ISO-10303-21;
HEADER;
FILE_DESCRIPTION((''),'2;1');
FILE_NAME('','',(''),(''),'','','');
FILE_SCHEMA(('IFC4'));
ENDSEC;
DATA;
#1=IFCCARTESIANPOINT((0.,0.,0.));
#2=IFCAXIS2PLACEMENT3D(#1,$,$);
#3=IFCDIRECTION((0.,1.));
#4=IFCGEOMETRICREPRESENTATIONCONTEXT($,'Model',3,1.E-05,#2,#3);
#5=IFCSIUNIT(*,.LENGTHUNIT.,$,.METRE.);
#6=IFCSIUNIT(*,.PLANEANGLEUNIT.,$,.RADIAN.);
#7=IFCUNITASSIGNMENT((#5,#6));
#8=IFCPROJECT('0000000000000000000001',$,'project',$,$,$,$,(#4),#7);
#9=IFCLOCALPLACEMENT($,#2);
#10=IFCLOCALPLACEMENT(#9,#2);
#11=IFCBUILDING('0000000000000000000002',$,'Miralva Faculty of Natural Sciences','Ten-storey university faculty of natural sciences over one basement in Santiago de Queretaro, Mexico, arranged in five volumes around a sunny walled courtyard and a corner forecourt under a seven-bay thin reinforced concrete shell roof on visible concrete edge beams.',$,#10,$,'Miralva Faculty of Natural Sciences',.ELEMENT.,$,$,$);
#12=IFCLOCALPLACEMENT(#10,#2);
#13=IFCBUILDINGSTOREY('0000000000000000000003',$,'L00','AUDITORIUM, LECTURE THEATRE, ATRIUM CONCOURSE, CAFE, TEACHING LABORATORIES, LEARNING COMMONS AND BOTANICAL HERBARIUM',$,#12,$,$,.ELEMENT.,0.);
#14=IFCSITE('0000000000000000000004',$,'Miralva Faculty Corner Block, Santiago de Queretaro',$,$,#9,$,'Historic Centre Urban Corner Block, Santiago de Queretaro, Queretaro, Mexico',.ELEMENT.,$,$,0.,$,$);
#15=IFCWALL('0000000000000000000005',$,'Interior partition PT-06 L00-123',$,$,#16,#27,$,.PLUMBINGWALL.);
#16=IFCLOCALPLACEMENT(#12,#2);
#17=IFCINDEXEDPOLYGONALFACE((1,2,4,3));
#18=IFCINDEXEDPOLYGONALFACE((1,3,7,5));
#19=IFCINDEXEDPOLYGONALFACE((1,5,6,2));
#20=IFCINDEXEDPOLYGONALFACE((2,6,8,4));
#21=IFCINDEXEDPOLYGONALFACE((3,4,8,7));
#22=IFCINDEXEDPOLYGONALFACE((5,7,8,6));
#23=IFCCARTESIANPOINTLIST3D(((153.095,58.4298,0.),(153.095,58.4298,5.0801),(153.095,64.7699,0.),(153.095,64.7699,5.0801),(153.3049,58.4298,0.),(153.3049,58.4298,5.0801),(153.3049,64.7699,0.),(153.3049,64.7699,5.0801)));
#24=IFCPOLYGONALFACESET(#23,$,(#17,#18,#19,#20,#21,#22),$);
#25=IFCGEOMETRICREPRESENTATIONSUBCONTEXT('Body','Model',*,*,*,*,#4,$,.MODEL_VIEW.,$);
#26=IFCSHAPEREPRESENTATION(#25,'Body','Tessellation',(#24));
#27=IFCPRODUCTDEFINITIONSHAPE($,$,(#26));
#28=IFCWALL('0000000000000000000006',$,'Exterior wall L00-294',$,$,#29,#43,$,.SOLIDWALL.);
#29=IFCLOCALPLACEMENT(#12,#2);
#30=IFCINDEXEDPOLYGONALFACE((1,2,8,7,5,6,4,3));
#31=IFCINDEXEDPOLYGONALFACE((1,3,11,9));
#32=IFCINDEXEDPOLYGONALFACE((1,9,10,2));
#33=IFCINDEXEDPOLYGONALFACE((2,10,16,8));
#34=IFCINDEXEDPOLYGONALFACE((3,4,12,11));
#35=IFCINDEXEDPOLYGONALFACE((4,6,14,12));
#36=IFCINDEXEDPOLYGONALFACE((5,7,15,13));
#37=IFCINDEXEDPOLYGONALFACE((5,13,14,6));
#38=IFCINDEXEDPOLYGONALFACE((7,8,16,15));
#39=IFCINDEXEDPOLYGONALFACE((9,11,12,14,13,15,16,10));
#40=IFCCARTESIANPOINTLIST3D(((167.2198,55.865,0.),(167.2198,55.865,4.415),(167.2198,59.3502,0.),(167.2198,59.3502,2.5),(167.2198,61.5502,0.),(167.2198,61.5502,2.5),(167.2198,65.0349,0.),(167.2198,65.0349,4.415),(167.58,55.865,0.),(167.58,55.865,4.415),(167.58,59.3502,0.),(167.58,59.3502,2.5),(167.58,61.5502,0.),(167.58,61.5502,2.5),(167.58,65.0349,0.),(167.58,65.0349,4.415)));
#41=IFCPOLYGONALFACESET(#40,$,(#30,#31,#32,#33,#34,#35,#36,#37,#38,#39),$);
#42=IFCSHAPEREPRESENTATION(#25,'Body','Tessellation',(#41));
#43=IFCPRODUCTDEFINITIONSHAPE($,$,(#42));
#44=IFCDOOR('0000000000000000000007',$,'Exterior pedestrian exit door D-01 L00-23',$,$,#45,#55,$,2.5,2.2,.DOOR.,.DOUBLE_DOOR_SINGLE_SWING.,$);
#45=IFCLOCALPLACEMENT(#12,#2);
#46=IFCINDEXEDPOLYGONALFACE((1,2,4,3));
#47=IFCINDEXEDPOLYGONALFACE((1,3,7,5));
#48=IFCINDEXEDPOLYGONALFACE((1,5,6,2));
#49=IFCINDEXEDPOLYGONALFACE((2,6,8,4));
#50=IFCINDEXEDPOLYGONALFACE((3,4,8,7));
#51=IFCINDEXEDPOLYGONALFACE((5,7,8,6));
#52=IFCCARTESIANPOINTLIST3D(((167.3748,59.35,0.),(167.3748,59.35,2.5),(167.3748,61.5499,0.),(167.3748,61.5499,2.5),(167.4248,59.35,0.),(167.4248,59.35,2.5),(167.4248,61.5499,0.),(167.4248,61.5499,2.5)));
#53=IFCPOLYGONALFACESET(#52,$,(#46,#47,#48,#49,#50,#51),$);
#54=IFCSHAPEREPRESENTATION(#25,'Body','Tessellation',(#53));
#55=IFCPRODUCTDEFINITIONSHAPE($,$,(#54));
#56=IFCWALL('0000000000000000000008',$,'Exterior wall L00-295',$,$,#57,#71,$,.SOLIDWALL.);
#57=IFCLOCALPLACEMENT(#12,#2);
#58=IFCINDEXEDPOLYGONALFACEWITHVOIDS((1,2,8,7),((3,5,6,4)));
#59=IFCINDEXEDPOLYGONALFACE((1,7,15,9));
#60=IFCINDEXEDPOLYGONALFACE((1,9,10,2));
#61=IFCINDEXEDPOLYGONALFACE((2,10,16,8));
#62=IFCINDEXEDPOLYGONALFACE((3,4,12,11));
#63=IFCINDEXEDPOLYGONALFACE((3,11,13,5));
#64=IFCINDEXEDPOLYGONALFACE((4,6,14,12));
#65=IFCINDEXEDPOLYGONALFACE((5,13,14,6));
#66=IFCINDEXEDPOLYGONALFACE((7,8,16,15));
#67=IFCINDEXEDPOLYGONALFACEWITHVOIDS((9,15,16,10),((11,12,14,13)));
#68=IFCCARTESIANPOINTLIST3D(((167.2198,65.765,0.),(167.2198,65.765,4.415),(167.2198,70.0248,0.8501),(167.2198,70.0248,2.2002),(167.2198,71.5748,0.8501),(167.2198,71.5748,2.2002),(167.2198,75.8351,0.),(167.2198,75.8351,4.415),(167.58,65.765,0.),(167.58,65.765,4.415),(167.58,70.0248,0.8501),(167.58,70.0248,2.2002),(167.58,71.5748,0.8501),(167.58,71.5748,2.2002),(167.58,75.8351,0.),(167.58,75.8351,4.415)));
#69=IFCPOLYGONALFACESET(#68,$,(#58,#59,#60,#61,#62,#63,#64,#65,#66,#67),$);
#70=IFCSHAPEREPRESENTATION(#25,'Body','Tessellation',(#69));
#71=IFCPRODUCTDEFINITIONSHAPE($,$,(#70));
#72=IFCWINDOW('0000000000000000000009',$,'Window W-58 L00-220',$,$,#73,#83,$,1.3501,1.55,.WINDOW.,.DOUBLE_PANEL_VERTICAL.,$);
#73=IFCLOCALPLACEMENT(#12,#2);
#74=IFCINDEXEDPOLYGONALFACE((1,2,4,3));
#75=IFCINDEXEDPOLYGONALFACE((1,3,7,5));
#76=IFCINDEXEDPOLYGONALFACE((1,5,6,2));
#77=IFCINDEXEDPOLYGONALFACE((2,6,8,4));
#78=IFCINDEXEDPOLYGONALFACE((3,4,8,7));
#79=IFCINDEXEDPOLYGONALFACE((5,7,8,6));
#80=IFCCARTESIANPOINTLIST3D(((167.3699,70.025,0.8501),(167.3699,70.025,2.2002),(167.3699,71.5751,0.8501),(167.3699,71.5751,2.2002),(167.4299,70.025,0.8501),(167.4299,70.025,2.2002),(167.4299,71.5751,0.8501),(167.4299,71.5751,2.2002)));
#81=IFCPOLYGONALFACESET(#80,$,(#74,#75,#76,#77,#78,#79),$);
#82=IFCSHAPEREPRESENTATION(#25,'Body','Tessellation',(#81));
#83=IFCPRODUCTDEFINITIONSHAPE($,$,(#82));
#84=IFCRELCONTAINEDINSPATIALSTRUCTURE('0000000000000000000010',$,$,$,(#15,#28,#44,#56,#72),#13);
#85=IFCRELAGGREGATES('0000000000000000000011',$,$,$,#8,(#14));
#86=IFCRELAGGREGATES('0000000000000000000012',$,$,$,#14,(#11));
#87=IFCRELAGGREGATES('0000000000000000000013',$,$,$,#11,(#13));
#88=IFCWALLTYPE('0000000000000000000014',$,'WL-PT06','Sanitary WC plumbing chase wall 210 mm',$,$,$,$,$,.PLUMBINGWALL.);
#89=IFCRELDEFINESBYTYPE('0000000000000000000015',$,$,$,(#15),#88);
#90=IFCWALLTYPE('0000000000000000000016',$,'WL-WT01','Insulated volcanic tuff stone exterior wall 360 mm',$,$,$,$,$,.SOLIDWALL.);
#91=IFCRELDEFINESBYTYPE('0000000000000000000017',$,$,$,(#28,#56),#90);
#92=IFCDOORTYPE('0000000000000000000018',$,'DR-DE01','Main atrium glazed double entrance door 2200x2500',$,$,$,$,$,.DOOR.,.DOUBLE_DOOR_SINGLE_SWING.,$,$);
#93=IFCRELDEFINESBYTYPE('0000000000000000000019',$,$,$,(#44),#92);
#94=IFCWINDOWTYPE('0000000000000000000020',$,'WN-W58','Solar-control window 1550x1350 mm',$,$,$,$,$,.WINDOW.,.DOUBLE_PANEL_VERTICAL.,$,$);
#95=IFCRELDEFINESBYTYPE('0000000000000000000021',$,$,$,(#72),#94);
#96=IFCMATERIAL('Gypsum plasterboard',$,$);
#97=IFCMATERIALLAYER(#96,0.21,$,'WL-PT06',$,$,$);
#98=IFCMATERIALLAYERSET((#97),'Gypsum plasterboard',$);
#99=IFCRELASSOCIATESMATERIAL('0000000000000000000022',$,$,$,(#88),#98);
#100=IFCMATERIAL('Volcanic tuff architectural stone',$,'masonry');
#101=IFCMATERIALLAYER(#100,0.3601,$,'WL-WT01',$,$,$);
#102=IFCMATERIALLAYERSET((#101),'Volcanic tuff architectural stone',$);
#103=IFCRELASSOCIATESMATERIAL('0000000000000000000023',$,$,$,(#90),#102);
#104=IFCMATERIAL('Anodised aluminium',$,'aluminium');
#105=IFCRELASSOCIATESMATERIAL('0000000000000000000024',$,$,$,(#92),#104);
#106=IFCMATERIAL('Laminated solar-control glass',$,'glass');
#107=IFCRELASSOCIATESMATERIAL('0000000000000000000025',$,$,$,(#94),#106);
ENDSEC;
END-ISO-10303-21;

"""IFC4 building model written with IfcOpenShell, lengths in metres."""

from ifc_helpers import new_model, si_unit, direction, frame, frame_2d, origin, place, context, subcontext, project, spatial, rectangle, extrude, material, layer, layer_set, type_object, element, fill, save


model = new_model("IFC4")

# Units and contexts
model_context = context("Model", 3, precision=1e-05, world=origin(), true_north=direction((0.0, 1.0)))
body_context = subcontext(model_context, "Body", "Model", "MODEL_VIEW")
ifc_project = project(units=[si_unit("LENGTHUNIT", "METRE"), si_unit("PLANEANGLEUNIT", "RADIAN")], contexts=[model_context])

# Site, building, storey
site_placement = place(None, origin())
site = spatial("IfcSite", under=ifc_project, at=site_placement, Name="Miralva Faculty Corner Block, Santiago de Queretaro", LongName="Historic Centre Urban Corner Block, Santiago de Queretaro, Queretaro, Mexico", CompositionType="ELEMENT", RefElevation=0.0)
building_placement = place(site_placement, origin())
building = spatial("IfcBuilding", under=site, at=building_placement, Name="Miralva Faculty of Natural Sciences", Description="Ten-storey university faculty of natural sciences over one basement in Santiago de Queretaro, Mexico, arranged in five volumes around a sunny walled courtyard and a corner forecourt under a seven-bay thin reinforced concrete shell roof on visible concrete edge beams.", LongName="Miralva Faculty of Natural Sciences", CompositionType="ELEMENT")
storey_placement = place(building_placement, origin())
storey = spatial("IfcBuildingStorey", under=building, at=storey_placement, Name="L00", Description="AUDITORIUM, LECTURE THEATRE, ATRIUM CONCOURSE, CAFE, TEACHING LABORATORIES, LEARNING COMMONS AND BOTANICAL HERBARIUM", CompositionType="ELEMENT", Elevation=0.0)

# Wall
ifc_material_1 = material(Name="Gypsum plasterboard")
ifc_layer_1 = layer(ifc_material_1, 0.21, Name="WL-PT06")
ifc_layer_set_1 = layer_set([ifc_layer_1], Name="Gypsum plasterboard")
wall_type_1 = type_object("IfcWallType", Name="WL-PT06", Description="Sanitary WC plumbing chase wall 210 mm", PredefinedType="PLUMBINGWALL", material=ifc_layer_set_1)
wall_1_placement = place(storey_placement, frame((153.2, 58.4299, 0.0), z_axis=(0.0, 0.0, 1.0), x_axis=(0.0, 1.0, 0.0)))
element("IfcWall", 1, at=wall_1_placement, inside=storey, type_object=wall_type_1, Name="Interior partition PT-06 L00-123", PredefinedType="PLUMBINGWALL", context=body_context, shape_type="SweptSolid", body=[
    extrude(rectangle(XDim=6.3401, YDim=0.21, at=frame_2d((3.1699, 0.0))), origin(), (0.0, 0.0, 1.0), 5.0801),
])

# Wall, opening, door
ifc_material_2 = material(Name="Volcanic tuff architectural stone", Category="masonry")
ifc_layer_2 = layer(ifc_material_2, 0.3601, Name="WL-WT01")
ifc_layer_set_2 = layer_set([ifc_layer_2], Name="Volcanic tuff architectural stone")
wall_type_2 = type_object("IfcWallType", Name="WL-WT01", Description="Insulated volcanic tuff stone exterior wall 360 mm", PredefinedType="SOLIDWALL", material=ifc_layer_set_2)
wall_2_placement = place(storey_placement, frame((167.3999, 55.865, 0.0), z_axis=(0.0, 0.0, 1.0), x_axis=(0.0, 1.0, 0.0)))
wall_2 = element("IfcWall", 2, at=wall_2_placement, inside=storey, type_object=wall_type_2, Name="Exterior wall L00-294", PredefinedType="SOLIDWALL", context=body_context, shape_type="SweptSolid", body=[
    extrude(rectangle(XDim=9.1699, YDim=0.3601, at=frame_2d((4.585, 0.0))), origin(), (0.0, 0.0, 1.0), 4.415),
])
opening_1_placement = place(wall_2_placement, frame((3.4851, 0.0, 0.0)))
opening_1 = element("IfcOpeningElement", 3, at=opening_1_placement, cuts=wall_2, PredefinedType="OPENING", context=body_context, shape_type="SweptSolid", body=[
    extrude(rectangle(XDim=2.2, YDim=2.5, at=frame_2d((1.1001, 1.25))), frame((0.0, 0.1899, 0.0), z_axis=(0.0, -1.0, 0.0), x_axis=(1.0, 0.0, 0.0)), (0.0, 0.0, 1.0), 0.3801),
])
ifc_material_3 = material(Name="Anodised aluminium", Category="aluminium")
door_type = type_object("IfcDoorType", Name="DR-DE01", Description="Main atrium glazed double entrance door 2200x2500", OperationType="DOUBLE_DOOR_SINGLE_SWING", PredefinedType="DOOR", material=ifc_material_3)
door_placement = place(opening_1_placement, frame((2.2, 0.0, 0.0), z_axis=(0.0, 0.0, 1.0), x_axis=(-1.0, 0.0, 0.0)))
door = element("IfcDoor", 4, at=door_placement, inside=storey, type_object=door_type, Name="Exterior pedestrian exit door D-01 L00-23", OperationType="DOUBLE_DOOR_SINGLE_SWING", OverallHeight=2.5, OverallWidth=2.2, PredefinedType="DOOR", context=body_context, shape_type="SweptSolid", body=[
    extrude(rectangle(XDim=2.2, YDim=2.5, at=frame_2d((1.1001, 1.25))), frame((0.0, 0.0249, 0.0), z_axis=(0.0, -1.0, 0.0), x_axis=(1.0, 0.0, 0.0)), (0.0, 0.0, 1.0), 0.05),
])
fill(opening_1, door)

# Wall, opening, window
wall_3_placement = place(storey_placement, frame((167.3999, 65.7649, 0.0), z_axis=(0.0, 0.0, 1.0), x_axis=(0.0, 1.0, 0.0)))
wall_3 = element("IfcWall", 5, at=wall_3_placement, inside=storey, type_object=wall_type_2, Name="Exterior wall L00-295", PredefinedType="SOLIDWALL", context=body_context, shape_type="SweptSolid", body=[
    extrude(rectangle(XDim=10.0701, YDim=0.3601, at=frame_2d((5.0352, 0.0))), origin(), (0.0, 0.0, 1.0), 4.415),
])
opening_2_placement = place(wall_3_placement, frame((4.26, 0.0, 0.8501)))
opening_2 = element("IfcOpeningElement", 6, at=opening_2_placement, cuts=wall_3, PredefinedType="OPENING", context=body_context, shape_type="SweptSolid", body=[
    extrude(rectangle(XDim=1.55, YDim=1.3501, at=frame_2d((0.7749, 0.675))), frame((0.0, 0.1899, 0.0), z_axis=(0.0, -1.0, 0.0), x_axis=(1.0, 0.0, 0.0)), (0.0, 0.0, 1.0), 0.3801),
])
ifc_material_4 = material(Name="Laminated solar-control glass", Category="glass")
window_type = type_object("IfcWindowType", Name="WN-W58", Description="Solar-control window 1550x1350 mm", PartitioningType="DOUBLE_PANEL_VERTICAL", PredefinedType="WINDOW", material=ifc_material_4)
window_placement = place(opening_2_placement, frame((1.55, 0.0, 0.0), z_axis=(0.0, 0.0, 1.0), x_axis=(-1.0, 0.0, 0.0)))
window = element("IfcWindow", 7, at=window_placement, inside=storey, type_object=window_type, Name="Window W-58 L00-220", OverallHeight=1.3501, OverallWidth=1.55, PartitioningType="DOUBLE_PANEL_VERTICAL", PredefinedType="WINDOW", context=body_context, shape_type="SweptSolid", body=[
    extrude(rectangle(XDim=1.55, YDim=1.3501, at=frame_2d((0.7749, 0.675))), frame((0.0, 0.03, 0.0), z_axis=(0.0, -1.0, 0.0), x_axis=(1.0, 0.0, 0.0)), (0.0, 0.0, 1.0), 0.0601),
])
fill(opening_2, window)

save(model, "model.ifc")
